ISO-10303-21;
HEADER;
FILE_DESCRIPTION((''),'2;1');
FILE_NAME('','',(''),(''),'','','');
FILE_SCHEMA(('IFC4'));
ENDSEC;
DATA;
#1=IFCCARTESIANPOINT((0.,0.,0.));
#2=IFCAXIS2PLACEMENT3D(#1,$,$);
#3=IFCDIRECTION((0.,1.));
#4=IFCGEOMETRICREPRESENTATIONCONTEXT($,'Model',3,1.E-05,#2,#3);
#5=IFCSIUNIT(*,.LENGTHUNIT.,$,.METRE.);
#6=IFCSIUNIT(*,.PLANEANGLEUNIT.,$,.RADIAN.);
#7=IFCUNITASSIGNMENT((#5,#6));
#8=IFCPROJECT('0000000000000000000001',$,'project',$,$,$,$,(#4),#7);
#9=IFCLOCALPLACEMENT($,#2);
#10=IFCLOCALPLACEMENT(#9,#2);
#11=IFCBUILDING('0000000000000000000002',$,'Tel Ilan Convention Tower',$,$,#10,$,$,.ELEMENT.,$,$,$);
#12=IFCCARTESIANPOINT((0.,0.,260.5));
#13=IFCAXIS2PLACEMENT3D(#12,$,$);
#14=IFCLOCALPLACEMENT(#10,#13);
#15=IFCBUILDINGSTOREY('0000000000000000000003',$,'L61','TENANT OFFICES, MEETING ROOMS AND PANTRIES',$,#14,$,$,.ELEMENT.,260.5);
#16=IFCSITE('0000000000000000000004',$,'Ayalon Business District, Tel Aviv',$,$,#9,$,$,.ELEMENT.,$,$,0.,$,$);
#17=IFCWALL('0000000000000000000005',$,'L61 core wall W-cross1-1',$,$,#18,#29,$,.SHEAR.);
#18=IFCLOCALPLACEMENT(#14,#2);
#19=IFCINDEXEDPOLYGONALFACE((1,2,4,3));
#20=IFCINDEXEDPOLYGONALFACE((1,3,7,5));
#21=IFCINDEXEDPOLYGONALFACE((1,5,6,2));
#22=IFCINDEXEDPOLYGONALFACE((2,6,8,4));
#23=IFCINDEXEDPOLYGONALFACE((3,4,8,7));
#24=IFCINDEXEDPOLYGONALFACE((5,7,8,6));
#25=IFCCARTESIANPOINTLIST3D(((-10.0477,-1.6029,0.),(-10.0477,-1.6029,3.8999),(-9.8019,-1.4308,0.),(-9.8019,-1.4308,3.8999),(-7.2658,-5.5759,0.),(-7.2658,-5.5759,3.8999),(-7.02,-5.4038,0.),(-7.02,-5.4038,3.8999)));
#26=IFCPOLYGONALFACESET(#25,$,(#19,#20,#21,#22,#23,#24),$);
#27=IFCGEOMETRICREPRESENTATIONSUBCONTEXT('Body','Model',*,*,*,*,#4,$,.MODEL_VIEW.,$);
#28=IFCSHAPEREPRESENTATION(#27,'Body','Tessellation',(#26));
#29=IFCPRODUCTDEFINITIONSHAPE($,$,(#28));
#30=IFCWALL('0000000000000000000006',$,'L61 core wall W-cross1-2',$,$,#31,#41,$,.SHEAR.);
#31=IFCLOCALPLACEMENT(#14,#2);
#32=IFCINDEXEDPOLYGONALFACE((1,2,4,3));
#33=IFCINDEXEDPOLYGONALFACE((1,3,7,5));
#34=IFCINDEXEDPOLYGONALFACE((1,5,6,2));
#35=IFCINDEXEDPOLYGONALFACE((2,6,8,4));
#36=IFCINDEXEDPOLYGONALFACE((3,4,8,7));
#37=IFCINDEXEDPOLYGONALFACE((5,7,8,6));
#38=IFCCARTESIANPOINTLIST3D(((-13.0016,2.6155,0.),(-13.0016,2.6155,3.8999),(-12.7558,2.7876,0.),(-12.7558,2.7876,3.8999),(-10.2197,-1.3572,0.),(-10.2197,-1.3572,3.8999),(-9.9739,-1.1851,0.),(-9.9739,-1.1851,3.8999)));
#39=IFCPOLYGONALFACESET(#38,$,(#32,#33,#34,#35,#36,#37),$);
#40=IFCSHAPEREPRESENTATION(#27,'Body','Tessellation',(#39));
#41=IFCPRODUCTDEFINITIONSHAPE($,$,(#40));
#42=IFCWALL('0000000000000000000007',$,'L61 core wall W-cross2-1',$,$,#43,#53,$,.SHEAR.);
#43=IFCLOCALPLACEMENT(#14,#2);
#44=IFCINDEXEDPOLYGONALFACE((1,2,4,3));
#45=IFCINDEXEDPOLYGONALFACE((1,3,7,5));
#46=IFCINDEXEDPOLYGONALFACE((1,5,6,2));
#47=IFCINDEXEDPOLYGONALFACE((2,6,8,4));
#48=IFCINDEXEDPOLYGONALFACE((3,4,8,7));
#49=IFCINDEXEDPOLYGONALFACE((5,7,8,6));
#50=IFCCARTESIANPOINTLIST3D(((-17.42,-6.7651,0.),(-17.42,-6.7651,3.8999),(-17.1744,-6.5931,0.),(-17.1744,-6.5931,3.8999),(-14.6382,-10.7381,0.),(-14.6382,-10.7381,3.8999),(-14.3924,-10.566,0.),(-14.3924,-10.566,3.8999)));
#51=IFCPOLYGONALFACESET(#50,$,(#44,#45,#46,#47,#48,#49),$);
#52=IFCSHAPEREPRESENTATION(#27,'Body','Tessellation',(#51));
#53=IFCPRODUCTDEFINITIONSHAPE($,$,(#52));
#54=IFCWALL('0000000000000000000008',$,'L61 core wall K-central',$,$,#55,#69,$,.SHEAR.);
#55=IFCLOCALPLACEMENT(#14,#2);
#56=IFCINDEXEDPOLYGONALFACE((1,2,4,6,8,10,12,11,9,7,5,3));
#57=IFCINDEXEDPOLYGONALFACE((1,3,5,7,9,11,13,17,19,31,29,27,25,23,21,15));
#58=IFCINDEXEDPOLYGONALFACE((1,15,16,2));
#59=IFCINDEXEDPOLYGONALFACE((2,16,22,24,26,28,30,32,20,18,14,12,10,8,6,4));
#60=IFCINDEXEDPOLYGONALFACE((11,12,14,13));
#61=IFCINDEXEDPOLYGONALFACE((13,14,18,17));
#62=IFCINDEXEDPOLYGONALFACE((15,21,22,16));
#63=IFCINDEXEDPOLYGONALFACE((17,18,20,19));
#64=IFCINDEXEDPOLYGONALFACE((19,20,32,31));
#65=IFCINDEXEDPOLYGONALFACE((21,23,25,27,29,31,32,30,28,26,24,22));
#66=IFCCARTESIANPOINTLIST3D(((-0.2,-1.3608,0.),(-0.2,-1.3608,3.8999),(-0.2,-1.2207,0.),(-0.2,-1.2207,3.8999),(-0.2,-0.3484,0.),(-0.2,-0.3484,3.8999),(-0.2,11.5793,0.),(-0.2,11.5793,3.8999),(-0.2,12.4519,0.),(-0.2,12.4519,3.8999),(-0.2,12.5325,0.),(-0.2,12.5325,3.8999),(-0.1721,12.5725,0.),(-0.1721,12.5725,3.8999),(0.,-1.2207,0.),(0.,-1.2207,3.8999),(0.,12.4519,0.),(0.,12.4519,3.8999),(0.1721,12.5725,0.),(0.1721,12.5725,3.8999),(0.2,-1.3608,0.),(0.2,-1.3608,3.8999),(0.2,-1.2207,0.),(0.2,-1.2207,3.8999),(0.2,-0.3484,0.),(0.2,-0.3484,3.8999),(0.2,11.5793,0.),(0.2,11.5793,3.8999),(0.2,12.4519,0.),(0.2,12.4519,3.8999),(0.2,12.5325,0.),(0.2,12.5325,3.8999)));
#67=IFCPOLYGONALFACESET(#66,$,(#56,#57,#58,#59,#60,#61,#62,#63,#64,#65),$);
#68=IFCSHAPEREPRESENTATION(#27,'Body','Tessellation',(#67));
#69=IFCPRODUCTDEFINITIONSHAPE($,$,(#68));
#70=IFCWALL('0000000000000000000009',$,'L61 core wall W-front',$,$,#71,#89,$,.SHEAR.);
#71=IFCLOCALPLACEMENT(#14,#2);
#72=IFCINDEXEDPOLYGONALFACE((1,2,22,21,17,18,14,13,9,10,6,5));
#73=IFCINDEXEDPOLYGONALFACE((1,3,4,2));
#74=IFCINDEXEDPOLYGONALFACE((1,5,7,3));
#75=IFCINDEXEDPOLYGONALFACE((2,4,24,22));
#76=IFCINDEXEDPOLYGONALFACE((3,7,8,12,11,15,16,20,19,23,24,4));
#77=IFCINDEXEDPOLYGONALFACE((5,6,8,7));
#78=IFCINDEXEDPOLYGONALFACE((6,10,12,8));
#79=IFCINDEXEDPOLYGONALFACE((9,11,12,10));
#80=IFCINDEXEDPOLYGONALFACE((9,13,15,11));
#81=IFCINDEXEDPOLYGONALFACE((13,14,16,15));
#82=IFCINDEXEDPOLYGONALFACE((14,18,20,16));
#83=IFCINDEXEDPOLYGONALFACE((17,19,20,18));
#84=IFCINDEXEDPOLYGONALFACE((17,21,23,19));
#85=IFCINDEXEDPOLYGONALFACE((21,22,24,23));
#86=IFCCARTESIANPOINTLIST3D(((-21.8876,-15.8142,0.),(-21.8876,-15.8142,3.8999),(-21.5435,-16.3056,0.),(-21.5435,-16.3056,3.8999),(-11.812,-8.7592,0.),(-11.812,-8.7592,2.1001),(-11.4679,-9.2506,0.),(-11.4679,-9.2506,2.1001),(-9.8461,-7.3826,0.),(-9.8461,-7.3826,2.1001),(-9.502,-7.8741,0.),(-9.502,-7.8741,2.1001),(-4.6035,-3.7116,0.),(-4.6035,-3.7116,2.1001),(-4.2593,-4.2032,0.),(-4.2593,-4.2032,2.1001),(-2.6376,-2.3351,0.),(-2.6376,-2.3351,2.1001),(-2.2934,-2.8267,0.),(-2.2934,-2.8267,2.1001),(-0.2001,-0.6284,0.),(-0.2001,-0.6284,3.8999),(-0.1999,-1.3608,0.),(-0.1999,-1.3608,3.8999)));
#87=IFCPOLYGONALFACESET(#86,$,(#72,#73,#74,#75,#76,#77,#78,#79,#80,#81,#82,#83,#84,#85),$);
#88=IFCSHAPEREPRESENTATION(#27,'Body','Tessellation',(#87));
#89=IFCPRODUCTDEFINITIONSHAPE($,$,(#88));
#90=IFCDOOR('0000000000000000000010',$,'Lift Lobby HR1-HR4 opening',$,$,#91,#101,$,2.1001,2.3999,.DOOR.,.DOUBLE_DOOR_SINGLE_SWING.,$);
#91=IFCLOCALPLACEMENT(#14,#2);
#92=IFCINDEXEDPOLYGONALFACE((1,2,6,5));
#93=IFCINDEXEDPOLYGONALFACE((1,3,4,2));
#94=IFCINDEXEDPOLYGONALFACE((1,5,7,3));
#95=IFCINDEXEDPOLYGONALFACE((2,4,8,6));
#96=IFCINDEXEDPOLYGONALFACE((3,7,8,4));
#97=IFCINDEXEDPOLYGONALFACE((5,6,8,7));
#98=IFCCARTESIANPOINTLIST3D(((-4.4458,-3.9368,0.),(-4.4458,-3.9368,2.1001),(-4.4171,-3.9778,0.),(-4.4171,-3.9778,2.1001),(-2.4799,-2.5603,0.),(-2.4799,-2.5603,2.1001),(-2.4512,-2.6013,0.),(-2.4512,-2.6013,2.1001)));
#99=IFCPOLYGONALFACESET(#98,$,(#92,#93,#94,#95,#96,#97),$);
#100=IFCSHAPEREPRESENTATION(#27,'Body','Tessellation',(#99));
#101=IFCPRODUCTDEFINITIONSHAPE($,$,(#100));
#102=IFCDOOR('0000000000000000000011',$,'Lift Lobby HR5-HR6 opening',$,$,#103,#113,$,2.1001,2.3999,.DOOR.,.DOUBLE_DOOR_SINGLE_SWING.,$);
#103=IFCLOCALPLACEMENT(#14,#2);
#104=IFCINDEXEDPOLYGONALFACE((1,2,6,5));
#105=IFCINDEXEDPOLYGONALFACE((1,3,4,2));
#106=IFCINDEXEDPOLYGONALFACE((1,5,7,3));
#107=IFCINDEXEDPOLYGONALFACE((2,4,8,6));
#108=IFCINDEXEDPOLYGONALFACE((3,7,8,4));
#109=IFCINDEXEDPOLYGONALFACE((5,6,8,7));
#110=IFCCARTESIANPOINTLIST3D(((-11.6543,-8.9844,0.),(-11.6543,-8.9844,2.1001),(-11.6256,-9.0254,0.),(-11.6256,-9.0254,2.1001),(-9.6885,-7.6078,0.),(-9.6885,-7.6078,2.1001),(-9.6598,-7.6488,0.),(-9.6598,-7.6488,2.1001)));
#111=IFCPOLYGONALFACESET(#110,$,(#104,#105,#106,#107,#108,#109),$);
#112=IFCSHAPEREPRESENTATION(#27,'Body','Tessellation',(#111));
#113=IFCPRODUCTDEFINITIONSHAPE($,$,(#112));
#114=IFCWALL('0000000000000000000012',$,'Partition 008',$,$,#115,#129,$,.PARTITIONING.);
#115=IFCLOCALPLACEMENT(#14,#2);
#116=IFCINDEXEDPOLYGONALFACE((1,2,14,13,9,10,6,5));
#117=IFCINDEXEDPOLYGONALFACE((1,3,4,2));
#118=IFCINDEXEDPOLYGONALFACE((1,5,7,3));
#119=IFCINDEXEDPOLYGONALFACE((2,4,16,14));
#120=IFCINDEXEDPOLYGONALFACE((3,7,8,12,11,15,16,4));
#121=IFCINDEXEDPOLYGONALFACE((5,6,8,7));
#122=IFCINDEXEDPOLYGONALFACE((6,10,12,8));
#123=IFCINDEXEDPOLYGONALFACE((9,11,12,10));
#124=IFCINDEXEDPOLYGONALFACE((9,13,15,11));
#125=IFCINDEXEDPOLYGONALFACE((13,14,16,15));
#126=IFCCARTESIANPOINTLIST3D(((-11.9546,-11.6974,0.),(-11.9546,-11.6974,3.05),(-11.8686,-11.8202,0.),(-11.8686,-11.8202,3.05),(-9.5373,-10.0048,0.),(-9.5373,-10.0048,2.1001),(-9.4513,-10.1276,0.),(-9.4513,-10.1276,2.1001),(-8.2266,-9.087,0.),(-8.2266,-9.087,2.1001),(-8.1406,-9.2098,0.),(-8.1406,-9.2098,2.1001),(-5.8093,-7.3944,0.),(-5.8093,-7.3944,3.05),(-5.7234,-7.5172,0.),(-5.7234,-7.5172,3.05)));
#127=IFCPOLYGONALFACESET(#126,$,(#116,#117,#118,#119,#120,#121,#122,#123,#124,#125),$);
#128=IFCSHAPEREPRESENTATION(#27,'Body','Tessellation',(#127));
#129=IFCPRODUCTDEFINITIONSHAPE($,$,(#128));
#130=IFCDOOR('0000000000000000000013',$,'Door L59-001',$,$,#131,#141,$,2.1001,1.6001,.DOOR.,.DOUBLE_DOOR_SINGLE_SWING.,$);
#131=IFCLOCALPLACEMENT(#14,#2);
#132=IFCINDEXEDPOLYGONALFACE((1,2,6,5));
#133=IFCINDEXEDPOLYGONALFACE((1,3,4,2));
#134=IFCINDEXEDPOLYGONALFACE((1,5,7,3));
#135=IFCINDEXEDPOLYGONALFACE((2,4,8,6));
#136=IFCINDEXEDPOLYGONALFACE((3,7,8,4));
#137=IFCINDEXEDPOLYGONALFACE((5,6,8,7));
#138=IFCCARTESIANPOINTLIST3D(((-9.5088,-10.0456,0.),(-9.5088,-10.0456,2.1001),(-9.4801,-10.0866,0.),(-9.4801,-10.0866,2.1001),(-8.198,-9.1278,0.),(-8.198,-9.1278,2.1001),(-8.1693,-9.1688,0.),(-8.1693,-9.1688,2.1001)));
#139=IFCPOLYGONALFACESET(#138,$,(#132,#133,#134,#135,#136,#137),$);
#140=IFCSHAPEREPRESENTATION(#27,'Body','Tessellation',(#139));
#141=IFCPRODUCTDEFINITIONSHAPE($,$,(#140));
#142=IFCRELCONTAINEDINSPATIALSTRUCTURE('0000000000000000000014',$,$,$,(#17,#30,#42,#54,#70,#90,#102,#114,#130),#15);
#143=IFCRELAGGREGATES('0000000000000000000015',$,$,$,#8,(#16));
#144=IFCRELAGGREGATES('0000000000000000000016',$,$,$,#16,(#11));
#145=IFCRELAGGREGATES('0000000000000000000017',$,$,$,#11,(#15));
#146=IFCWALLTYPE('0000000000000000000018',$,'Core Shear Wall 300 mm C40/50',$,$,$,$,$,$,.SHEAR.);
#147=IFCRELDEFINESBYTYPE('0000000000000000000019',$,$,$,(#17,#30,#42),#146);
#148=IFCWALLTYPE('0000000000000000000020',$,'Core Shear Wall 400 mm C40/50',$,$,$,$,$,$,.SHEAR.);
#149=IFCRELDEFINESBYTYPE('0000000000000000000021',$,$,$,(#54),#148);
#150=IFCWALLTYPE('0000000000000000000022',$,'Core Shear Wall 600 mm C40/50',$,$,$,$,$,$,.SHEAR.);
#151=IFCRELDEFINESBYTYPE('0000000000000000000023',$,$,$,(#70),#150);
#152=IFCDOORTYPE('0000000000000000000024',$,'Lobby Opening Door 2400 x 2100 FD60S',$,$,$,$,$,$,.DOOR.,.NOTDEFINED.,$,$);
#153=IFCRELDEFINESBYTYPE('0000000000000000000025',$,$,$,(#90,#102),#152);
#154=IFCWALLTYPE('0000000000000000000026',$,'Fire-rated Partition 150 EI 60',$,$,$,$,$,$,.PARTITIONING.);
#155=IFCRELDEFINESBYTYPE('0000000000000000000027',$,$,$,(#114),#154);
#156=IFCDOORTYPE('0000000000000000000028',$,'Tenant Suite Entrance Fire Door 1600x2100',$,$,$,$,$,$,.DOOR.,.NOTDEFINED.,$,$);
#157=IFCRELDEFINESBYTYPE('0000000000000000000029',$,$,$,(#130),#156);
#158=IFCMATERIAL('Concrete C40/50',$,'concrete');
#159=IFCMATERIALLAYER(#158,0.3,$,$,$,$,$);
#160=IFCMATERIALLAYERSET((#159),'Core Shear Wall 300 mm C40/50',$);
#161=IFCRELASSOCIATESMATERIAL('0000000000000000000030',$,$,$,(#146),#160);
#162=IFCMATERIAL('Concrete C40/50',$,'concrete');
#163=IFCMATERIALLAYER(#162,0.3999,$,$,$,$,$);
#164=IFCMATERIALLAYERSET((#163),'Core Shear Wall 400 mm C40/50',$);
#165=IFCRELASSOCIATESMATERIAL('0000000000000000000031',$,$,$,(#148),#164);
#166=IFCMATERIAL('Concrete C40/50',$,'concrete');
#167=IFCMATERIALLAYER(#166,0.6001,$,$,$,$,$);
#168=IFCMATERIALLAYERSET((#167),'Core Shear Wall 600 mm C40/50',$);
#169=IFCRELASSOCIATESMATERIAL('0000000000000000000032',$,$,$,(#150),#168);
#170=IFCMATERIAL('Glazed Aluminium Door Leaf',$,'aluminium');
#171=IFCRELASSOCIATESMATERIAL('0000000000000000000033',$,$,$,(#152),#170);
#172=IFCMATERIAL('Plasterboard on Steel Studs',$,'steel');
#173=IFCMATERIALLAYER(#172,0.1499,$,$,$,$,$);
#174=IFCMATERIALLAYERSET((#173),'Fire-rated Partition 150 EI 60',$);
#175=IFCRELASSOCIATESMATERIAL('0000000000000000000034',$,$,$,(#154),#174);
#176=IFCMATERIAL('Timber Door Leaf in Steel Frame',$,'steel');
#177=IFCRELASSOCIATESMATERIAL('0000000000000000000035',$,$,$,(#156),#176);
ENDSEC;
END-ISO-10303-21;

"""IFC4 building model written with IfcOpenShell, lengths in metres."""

from ifc_helpers import new_model, si_unit, direction, frame, frame_2d, origin, place, context, subcontext, project, spatial, polyline, rectangle, outline, extrude, material, layer, layer_set, type_object, element, fill, save


model = new_model("IFC4")

# Units and contexts
model_context = context("Model", 3, precision=1e-05, world=origin(), true_north=direction((0.0, 1.0)))
body_context = subcontext(model_context, "Body", "Model", "MODEL_VIEW")
ifc_project = project(units=[si_unit("LENGTHUNIT", "METRE"), si_unit("PLANEANGLEUNIT", "RADIAN")], contexts=[model_context])

# Site, building, storey
site_placement = place(None, origin())
site = spatial("IfcSite", under=ifc_project, at=site_placement, Name="Ayalon Business District, Tel Aviv", CompositionType="ELEMENT", RefElevation=0.0)
building_placement = place(site_placement, origin())
building = spatial("IfcBuilding", under=site, at=building_placement, Name="Tel Ilan Convention Tower", CompositionType="ELEMENT")
storey_placement = place(building_placement, frame((0.0, 0.0, 260.5)))
storey = spatial("IfcBuildingStorey", under=building, at=storey_placement, Name="L61", Description="TENANT OFFICES, MEETING ROOMS AND PANTRIES", CompositionType="ELEMENT", Elevation=260.5)

# Walls
ifc_material_1 = material(Name="Concrete C40/50", Category="concrete")
ifc_layer_1 = layer(ifc_material_1, 0.3)
ifc_layer_set_1 = layer_set([ifc_layer_1], Name="Core Shear Wall 300 mm C40/50")
wall_type_1 = type_object("IfcWallType", Name="Core Shear Wall 300 mm C40/50", PredefinedType="SHEAR", material=ifc_layer_set_1)
wall_1_placement = place(storey_placement, frame((-7.1428, -5.4897, 0.0), z_axis=(0.0, 0.0, 1.0), x_axis=(-0.573618, 0.819123, 0.0)))
element("IfcWall", 1, at=wall_1_placement, inside=storey, type_object=wall_type_1, Name="L61 core wall W-cross1-1", PredefinedType="SHEAR", context=body_context, shape_type="SweptSolid", body=[
    extrude(outline(polyline([(4.8501, 0.1499), (0.0, 0.1501), (0.0, -0.1499), (4.8501, -0.1501), (4.8501, 0.1499)])), origin(), (0.0, 0.0, 1.0), 3.8999),
])
wall_2_placement = place(storey_placement, frame((-10.0969, -1.2712, 0.0), z_axis=(0.0, 0.0, 1.0), x_axis=(-0.57356, 0.819163, 0.0)))
element("IfcWall", 2, at=wall_2_placement, inside=storey, type_object=wall_type_1, Name="L61 core wall W-cross1-2", PredefinedType="SHEAR", context=body_context, shape_type="SweptSolid", body=[
    extrude(outline(polyline([(4.8499, -0.1499), (4.8499, 0.1501), (0.0, 0.1499), (0.0, -0.1501), (4.8499, -0.1499)])), origin(), (0.0, 0.0, 1.0), 3.8999),
])
wall_3_placement = place(storey_placement, frame((-14.5154, -10.6521, 0.0), z_axis=(0.0, 0.0, 1.0), x_axis=(-0.57356, 0.819163, 0.0)))
element("IfcWall", 3, at=wall_3_placement, inside=storey, type_object=wall_type_1, Name="L61 core wall W-cross2-1", PredefinedType="SHEAR", context=body_context, shape_type="SweptSolid", body=[
    extrude(outline(polyline([(4.8501, 0.1499), (0.0, 0.1499), (0.0, -0.1501), (4.8501, -0.1499), (4.8501, 0.1499)])), origin(), (0.0, 0.0, 1.0), 3.8999),
])
ifc_material_2 = material(Name="Concrete C40/50", Category="concrete")
ifc_layer_2 = layer(ifc_material_2, 0.3999)
ifc_layer_set_2 = layer_set([ifc_layer_2], Name="Core Shear Wall 400 mm C40/50")
wall_type_2 = type_object("IfcWallType", Name="Core Shear Wall 400 mm C40/50", PredefinedType="SHEAR", material=ifc_layer_set_2)
wall_4_placement = place(storey_placement, frame((0.0, -1.3608, 0.0), z_axis=(0.0, 0.0, 1.0), x_axis=(0.0, 1.0, 0.0)))
element("IfcWall", 4, at=wall_4_placement, inside=storey, type_object=wall_type_2, Name="L61 core wall K-central", PredefinedType="SHEAR", context=body_context, shape_type="SweptSolid", body=[
    extrude(outline(polyline([(0.1401, 0.2), (0.0, 0.2), (0.1401, 0.0), (0.0, -0.2), (0.1401, -0.2), (1.0125, -0.2), (12.9402, -0.2), (13.8127, -0.2), (13.8933, -0.2), (13.9333, -0.1721), (13.8127, 0.0), (13.9333, 0.1721), (13.8933, 0.2), (13.8127, 0.2), (12.9402, 0.2), (1.0125, 0.2), (0.1401, 0.2)])), origin(), (0.0, 0.0, 1.0), 3.8999),
])

# Wall, openings, doors
ifc_material_3 = material(Name="Concrete C40/50", Category="concrete")
ifc_layer_3 = layer(ifc_material_3, 0.6001)
ifc_layer_set_3 = layer_set([ifc_layer_3], Name="Core Shear Wall 600 mm C40/50")
wall_type_3 = type_object("IfcWallType", Name="Core Shear Wall 600 mm C40/50", PredefinedType="SHEAR", material=ifc_layer_set_3)
wall_5_placement = place(storey_placement, frame((-0.0278, -0.874, 0.0), z_axis=(0.0, 0.0, 1.0), x_axis=(-0.81915, -0.573579, 0.0)))
wall_5 = element("IfcWall", 5, at=wall_5_placement, inside=storey, type_object=wall_type_3, Name="L61 core wall W-front", PredefinedType="SHEAR", context=body_context, shape_type="SweptSolid", body=[
    extrude(outline(polyline([(26.4758, 0.2998), (0.4202, 0.3), (0.0002, -0.3), (26.4758, -0.3), (26.4758, 0.2998)])), origin(), (0.0, 0.0, 1.0), 3.8999),
])
opening_1_placement = place(wall_5_placement, frame((2.9758, 0.0, 0.0)))
opening_1 = element("IfcOpeningElement", 6, at=opening_1_placement, cuts=wall_5, PredefinedType="OPENING", context=body_context, shape_type="SweptSolid", body=[
    extrude(rectangle(XDim=2.3999, YDim=2.1001, at=frame_2d((1.2, 1.05))), frame((0.0, 0.3101, 0.0), z_axis=(0.0, -1.0, 0.0), x_axis=(1.0, 0.0, 0.0)), (0.0, 0.0, 1.0), 0.6201),
])
opening_2_placement = place(wall_5_placement, frame((11.7759, 0.0, 0.0)))
opening_2 = element("IfcOpeningElement", 7, at=opening_2_placement, cuts=wall_5, PredefinedType="OPENING", context=body_context, shape_type="SweptSolid", body=[
    extrude(rectangle(XDim=2.3999, YDim=2.1001, at=frame_2d((1.2, 1.05))), frame((0.0, 0.3101, 0.0), z_axis=(0.0, -1.0, 0.0), x_axis=(1.0, 0.0, 0.0)), (0.0, 0.0, 1.0), 0.6201),
])
ifc_material_4 = material(Name="Glazed Aluminium Door Leaf", Category="aluminium")
door_type_1 = type_object("IfcDoorType", Name="Lobby Opening Door 2400 x 2100 FD60S", OperationType="NOTDEFINED", PredefinedType="DOOR", material=ifc_material_4)
door_1_placement = place(opening_1_placement, origin())
door_1 = element("IfcDoor", 8, at=door_1_placement, inside=storey, type_object=door_type_1, Name="Lift Lobby HR1-HR4 opening", OperationType="DOUBLE_DOOR_SINGLE_SWING", OverallHeight=2.1001, OverallWidth=2.3999, PredefinedType="DOOR", context=body_context, shape_type="SweptSolid", body=[
    extrude(rectangle(XDim=2.3999, YDim=2.1001, at=frame_2d((1.2, 1.05))), frame((0.0, 0.0249, 0.0), z_axis=(0.0, -1.0, 0.0), x_axis=(1.0, 0.0, 0.0)), (0.0, 0.0, 1.0), 0.05),
])
fill(opening_1, door_1)
door_2_placement = place(opening_2_placement, origin())
door_2 = element("IfcDoor", 9, at=door_2_placement, inside=storey, type_object=door_type_1, Name="Lift Lobby HR5-HR6 opening", OperationType="DOUBLE_DOOR_SINGLE_SWING", OverallHeight=2.1001, OverallWidth=2.3999, PredefinedType="DOOR", context=body_context, shape_type="SweptSolid", body=[
    extrude(rectangle(XDim=2.3999, YDim=2.1001, at=frame_2d((1.2, 1.05))), frame((0.0, 0.0249, 0.0), z_axis=(0.0, -1.0, 0.0), x_axis=(1.0, 0.0, 0.0)), (0.0, 0.0, 1.0), 0.05),
])
fill(opening_2, door_2)

# Wall, opening, door
ifc_material_5 = material(Name="Plasterboard on Steel Studs", Category="steel")
ifc_layer_4 = layer(ifc_material_5, 0.1499)
ifc_layer_set_4 = layer_set([ifc_layer_4], Name="Fire-rated Partition 150 EI 60")
wall_type_4 = type_object("IfcWallType", Name="Fire-rated Partition 150 EI 60", PredefinedType="PARTITIONING", material=ifc_layer_set_4)
wall_6_placement = place(storey_placement, frame((-5.7664, -7.4558, 0.0), z_axis=(0.0, 0.0, 1.0), x_axis=(-0.819151, -0.573578, 0.0)))
wall_6 = element("IfcWall", 10, at=wall_6_placement, inside=storey, type_object=wall_type_4, Name="Partition 008", PredefinedType="PARTITIONING", context=body_context, shape_type="SweptSolid", body=[
    extrude(rectangle(XDim=7.502, YDim=0.1499, at=frame_2d((3.751, 0.0))), origin(), (0.0, 0.0, 1.0), 3.05),
])
opening_3_placement = place(wall_6_placement, frame((2.9509, 0.0, 0.0)))
opening_3 = element("IfcOpeningElement", 11, at=opening_3_placement, cuts=wall_6, PredefinedType="OPENING", context=body_context, shape_type="SweptSolid", body=[
    extrude(rectangle(XDim=1.6001, YDim=2.1001, at=frame_2d((0.8, 1.05))), frame((0.0, 0.085, 0.0), z_axis=(0.0, -1.0, 0.0), x_axis=(1.0, 0.0, 0.0)), (0.0, 0.0, 1.0), 0.1699),
])
ifc_material_6 = material(Name="Timber Door Leaf in Steel Frame", Category="steel")
door_type_2 = type_object("IfcDoorType", Name="Tenant Suite Entrance Fire Door 1600x2100", OperationType="NOTDEFINED", PredefinedType="DOOR", material=ifc_material_6)
door_3_placement = place(opening_3_placement, origin())
door_3 = element("IfcDoor", 12, at=door_3_placement, inside=storey, type_object=door_type_2, Name="Door L59-001", OperationType="DOUBLE_DOOR_SINGLE_SWING", OverallHeight=2.1001, OverallWidth=1.6001, PredefinedType="DOOR", context=body_context, shape_type="SweptSolid", body=[
    extrude(rectangle(XDim=1.6001, YDim=2.1001, at=frame_2d((0.8, 1.05))), frame((0.0, 0.0249, 0.0), z_axis=(0.0, -1.0, 0.0), x_axis=(1.0, 0.0, 0.0)), (0.0, 0.0, 1.0), 0.05),
])
fill(opening_3, door_3)

save(model, "model.ifc")
